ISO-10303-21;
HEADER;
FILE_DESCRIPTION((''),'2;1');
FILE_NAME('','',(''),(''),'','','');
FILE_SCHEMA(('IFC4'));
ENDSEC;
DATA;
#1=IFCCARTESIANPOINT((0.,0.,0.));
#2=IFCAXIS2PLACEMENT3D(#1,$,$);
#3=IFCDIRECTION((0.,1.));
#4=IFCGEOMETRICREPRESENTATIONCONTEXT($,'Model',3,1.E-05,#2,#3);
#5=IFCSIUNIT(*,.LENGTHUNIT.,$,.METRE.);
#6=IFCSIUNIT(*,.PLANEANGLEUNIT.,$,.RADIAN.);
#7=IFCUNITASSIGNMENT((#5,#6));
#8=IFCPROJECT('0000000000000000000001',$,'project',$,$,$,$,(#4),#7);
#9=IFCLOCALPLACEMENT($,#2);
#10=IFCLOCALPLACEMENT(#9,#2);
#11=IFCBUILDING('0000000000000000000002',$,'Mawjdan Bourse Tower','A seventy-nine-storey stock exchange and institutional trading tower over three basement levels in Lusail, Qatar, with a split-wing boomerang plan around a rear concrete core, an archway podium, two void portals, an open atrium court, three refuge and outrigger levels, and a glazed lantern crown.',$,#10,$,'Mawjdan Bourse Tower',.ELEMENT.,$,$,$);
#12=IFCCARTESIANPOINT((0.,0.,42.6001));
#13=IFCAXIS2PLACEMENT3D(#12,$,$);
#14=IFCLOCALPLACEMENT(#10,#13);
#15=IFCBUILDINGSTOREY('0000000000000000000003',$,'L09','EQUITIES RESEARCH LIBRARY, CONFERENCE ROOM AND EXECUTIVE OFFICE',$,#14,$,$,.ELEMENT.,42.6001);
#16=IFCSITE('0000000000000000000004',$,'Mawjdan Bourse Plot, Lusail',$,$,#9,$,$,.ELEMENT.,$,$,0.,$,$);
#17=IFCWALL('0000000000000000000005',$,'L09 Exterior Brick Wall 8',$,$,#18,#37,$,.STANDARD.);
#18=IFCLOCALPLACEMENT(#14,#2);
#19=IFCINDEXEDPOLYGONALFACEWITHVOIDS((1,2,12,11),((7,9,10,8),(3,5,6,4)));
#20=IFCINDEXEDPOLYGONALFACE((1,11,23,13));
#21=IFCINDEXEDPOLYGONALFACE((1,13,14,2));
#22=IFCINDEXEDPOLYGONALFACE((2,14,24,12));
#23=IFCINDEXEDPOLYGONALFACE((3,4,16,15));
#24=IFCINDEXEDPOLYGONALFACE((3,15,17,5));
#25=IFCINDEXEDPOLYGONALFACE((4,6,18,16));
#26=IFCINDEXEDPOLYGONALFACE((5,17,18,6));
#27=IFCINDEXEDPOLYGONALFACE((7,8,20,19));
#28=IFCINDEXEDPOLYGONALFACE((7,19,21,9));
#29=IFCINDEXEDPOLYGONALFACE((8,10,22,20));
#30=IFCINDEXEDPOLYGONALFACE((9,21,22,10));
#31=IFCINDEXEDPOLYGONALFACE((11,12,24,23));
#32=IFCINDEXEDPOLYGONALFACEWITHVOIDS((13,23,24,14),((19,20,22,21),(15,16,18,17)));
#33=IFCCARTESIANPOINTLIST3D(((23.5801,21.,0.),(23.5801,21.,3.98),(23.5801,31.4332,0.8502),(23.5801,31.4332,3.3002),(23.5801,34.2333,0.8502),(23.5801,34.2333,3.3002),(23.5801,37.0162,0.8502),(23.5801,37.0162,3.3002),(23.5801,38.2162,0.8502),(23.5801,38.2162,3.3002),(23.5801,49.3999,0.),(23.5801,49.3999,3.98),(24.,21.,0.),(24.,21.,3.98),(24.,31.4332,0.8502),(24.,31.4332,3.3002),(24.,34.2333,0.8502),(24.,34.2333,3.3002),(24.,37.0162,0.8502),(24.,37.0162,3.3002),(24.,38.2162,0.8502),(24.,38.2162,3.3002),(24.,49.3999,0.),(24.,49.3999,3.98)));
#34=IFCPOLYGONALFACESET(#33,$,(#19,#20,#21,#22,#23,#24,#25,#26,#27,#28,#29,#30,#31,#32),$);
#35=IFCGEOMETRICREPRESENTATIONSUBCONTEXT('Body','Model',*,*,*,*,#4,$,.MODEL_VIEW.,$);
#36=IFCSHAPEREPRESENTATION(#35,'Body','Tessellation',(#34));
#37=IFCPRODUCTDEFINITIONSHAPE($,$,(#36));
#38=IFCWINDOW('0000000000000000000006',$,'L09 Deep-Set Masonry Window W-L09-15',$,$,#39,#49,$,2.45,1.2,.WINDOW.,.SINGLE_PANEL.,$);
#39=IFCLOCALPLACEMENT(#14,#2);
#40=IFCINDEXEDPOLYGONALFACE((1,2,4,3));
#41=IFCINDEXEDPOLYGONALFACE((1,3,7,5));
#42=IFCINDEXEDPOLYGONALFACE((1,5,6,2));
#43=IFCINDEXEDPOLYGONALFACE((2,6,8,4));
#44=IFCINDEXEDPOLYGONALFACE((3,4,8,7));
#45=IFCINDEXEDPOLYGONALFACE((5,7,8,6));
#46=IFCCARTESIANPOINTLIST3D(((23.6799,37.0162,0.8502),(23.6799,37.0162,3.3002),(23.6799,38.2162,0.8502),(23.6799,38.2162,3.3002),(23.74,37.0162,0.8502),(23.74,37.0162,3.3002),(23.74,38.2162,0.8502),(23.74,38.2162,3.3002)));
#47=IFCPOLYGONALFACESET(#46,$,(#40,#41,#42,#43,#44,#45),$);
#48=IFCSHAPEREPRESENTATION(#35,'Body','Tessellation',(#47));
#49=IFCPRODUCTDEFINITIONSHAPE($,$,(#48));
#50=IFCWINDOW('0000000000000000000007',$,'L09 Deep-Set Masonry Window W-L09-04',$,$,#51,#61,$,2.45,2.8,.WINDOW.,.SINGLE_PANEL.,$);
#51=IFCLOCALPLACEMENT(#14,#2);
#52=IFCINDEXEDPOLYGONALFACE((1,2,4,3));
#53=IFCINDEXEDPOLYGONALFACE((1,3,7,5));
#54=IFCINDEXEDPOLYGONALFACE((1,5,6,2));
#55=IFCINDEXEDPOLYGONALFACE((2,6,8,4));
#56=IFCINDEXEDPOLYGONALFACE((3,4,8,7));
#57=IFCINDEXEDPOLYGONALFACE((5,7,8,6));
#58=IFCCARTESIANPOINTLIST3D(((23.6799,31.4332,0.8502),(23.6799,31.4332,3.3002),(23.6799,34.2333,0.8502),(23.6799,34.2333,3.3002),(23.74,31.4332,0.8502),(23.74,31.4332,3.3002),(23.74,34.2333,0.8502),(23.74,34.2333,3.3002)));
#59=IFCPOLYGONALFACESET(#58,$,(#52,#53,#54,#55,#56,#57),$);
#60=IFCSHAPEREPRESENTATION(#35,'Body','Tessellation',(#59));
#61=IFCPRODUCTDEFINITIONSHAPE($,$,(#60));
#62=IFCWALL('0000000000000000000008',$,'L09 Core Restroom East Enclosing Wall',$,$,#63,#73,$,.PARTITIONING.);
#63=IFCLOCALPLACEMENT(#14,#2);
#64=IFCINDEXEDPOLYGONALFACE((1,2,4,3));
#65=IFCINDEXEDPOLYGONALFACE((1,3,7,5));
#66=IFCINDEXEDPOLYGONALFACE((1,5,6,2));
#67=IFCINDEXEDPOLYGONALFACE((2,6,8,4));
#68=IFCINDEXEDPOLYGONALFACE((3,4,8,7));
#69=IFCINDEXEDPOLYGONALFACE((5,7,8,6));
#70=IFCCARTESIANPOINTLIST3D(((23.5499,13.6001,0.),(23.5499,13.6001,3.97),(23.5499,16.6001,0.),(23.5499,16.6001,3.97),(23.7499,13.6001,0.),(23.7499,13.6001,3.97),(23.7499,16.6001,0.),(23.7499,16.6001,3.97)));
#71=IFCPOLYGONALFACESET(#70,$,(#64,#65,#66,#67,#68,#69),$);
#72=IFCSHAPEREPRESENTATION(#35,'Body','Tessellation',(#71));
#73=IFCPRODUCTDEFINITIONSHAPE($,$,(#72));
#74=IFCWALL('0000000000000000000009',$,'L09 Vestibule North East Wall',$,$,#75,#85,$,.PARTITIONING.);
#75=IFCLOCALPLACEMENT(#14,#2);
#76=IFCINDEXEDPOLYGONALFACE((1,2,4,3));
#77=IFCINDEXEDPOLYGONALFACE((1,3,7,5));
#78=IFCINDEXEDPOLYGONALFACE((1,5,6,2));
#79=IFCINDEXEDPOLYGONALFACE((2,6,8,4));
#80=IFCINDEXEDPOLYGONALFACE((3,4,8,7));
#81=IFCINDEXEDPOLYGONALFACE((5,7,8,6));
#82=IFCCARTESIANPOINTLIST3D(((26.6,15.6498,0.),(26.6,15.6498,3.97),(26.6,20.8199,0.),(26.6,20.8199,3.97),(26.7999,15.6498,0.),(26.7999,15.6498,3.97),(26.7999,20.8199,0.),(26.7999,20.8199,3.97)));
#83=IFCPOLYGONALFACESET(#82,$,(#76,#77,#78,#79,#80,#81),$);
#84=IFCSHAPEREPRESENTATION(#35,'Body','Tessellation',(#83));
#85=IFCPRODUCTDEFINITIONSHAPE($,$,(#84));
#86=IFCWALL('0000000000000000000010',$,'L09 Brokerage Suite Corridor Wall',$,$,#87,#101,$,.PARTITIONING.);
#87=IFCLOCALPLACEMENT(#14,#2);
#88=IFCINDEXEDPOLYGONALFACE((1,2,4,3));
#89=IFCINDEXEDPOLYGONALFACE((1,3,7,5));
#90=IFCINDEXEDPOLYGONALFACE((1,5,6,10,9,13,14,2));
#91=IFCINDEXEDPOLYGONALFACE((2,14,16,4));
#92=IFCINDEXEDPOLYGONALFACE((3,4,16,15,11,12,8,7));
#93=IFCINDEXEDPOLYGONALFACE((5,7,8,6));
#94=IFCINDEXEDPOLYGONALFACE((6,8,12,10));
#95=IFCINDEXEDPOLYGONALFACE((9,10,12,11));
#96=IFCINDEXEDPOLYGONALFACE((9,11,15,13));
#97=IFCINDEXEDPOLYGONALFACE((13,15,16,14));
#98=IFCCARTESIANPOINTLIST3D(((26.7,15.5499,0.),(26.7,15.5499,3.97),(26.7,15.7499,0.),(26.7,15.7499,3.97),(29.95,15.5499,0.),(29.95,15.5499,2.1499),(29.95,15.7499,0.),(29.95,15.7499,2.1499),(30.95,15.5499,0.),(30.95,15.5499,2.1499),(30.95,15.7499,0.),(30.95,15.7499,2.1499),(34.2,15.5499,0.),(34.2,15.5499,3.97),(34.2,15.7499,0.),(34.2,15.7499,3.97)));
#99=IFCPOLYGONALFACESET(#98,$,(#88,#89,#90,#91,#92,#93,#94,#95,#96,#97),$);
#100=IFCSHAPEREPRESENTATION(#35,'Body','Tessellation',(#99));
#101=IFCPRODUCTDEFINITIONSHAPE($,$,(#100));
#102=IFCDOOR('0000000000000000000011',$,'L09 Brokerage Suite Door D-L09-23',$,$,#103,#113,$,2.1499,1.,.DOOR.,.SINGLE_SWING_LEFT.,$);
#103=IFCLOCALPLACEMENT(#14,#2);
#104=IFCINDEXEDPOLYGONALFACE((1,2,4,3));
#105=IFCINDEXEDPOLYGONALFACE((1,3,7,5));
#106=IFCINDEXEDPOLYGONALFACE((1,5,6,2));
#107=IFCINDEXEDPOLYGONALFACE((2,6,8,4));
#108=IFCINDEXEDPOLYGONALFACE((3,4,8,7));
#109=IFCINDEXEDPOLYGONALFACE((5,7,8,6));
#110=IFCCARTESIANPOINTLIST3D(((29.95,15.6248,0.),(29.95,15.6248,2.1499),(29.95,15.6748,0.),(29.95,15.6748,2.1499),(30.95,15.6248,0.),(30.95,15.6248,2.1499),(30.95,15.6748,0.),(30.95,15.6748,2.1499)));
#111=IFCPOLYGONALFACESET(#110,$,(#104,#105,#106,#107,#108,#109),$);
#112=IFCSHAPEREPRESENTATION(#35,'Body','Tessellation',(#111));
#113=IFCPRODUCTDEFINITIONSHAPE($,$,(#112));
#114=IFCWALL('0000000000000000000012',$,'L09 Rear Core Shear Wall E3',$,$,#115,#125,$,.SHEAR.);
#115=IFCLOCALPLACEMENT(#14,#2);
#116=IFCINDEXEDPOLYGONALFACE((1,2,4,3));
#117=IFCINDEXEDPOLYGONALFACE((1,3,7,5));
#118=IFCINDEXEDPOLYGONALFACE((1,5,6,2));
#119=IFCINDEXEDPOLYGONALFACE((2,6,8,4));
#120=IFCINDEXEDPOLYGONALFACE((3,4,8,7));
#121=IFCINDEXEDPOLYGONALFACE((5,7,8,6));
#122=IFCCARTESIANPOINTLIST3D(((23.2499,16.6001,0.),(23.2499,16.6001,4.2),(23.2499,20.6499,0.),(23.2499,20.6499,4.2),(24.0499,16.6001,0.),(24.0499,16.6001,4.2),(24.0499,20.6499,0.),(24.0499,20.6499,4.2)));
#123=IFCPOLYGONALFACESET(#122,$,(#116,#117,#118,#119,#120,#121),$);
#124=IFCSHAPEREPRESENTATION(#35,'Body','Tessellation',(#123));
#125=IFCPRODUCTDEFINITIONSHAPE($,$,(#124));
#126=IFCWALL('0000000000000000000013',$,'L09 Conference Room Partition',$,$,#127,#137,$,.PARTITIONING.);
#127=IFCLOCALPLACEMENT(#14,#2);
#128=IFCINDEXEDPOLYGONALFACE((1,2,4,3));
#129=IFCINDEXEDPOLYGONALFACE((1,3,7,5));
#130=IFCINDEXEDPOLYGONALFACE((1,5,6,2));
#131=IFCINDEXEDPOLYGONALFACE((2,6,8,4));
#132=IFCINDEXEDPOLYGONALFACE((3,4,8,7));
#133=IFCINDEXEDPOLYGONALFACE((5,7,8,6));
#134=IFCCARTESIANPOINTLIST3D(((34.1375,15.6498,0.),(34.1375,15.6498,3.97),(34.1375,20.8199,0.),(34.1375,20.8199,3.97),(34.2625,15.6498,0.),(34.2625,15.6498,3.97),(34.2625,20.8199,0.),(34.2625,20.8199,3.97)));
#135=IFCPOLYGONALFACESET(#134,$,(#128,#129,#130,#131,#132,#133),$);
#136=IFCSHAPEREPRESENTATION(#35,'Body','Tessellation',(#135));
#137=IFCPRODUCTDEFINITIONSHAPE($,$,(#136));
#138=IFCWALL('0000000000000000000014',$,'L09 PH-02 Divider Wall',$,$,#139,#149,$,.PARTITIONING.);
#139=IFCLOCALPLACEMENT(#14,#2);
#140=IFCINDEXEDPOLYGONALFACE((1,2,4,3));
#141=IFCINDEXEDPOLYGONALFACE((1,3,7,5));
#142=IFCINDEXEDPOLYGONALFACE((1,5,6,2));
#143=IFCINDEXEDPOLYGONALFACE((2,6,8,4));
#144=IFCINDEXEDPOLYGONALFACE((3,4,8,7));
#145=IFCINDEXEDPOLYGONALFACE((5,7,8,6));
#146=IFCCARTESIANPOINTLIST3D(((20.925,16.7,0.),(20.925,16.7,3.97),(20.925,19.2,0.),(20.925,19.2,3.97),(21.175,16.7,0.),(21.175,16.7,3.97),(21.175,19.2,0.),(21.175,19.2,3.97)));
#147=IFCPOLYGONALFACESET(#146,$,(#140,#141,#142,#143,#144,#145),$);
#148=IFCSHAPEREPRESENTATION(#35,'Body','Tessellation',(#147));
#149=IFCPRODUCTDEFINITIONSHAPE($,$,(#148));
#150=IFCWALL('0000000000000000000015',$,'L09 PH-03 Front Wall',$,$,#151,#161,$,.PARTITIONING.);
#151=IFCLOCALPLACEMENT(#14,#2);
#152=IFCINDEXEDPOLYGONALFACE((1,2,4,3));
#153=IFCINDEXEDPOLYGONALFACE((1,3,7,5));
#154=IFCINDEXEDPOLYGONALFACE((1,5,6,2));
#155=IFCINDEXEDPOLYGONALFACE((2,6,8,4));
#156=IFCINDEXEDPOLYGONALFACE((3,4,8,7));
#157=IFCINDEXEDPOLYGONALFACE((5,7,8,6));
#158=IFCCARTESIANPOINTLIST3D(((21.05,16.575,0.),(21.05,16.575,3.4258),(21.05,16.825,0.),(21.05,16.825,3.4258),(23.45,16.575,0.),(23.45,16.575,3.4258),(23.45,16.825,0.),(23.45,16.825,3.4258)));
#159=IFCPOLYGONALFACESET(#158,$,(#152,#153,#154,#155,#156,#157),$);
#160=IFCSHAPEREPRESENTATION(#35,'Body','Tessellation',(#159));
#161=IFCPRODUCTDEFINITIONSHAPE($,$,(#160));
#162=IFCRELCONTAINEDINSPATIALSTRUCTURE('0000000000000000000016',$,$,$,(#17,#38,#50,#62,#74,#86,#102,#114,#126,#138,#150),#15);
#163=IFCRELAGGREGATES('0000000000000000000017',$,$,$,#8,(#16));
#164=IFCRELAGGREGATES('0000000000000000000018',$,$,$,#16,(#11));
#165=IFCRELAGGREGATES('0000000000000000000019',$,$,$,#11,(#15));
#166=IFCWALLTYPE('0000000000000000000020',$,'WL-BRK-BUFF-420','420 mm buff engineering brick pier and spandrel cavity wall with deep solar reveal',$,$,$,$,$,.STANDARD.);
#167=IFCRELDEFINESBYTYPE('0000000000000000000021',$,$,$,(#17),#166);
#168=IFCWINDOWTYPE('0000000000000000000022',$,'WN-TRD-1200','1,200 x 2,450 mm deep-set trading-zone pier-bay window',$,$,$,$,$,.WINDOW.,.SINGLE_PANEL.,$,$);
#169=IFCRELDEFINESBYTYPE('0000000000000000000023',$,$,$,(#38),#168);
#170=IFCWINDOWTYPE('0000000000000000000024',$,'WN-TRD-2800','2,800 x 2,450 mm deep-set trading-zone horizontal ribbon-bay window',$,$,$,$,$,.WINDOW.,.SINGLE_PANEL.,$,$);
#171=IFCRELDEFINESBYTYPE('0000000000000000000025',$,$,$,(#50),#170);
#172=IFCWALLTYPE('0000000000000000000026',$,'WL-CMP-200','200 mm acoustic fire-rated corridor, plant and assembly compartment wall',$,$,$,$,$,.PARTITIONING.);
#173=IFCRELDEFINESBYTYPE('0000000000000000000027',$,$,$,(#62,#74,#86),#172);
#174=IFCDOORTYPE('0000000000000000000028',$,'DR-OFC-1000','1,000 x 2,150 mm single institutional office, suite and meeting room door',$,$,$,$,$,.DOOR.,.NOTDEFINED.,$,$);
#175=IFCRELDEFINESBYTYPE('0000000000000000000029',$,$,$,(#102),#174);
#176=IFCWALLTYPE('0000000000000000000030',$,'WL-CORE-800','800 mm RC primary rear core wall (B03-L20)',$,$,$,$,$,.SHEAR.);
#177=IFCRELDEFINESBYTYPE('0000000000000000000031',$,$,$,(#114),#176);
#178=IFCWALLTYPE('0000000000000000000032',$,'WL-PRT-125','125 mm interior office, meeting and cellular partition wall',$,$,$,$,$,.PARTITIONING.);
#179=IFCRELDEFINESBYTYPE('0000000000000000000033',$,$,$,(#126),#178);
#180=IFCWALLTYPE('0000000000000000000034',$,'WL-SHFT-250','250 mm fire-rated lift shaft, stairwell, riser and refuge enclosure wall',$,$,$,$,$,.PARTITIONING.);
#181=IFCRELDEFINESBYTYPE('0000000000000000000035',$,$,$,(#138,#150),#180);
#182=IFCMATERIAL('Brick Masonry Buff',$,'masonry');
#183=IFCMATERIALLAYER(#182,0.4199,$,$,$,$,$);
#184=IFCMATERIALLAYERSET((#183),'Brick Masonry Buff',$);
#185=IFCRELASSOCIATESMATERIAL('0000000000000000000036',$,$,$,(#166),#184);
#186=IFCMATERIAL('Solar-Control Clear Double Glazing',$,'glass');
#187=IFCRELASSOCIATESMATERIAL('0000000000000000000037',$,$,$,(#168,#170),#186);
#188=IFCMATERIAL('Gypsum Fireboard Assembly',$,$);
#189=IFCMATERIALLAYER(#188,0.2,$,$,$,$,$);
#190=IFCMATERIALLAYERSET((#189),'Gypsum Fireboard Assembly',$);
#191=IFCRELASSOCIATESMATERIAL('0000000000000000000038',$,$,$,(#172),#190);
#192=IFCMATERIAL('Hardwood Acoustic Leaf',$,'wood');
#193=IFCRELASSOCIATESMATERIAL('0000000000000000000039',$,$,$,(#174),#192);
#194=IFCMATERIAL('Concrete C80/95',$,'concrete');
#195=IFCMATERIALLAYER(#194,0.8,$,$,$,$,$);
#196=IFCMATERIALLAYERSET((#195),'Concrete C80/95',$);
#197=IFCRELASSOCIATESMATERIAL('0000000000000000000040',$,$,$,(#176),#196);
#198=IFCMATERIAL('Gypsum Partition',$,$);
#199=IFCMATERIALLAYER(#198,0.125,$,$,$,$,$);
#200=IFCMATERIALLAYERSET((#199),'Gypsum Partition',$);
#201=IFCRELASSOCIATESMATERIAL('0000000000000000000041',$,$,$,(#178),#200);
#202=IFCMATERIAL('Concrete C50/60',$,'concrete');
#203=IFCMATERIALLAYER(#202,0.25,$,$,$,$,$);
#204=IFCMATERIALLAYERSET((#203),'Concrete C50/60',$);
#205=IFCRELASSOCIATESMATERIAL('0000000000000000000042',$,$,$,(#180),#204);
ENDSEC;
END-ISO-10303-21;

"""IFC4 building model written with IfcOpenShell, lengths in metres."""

from ifc_helpers import new_model, si_unit, direction, frame, frame_2d, origin, place, context, subcontext, project, spatial, rectangle, extrude, material, layer, layer_set, type_object, element, fill, save


model = new_model("IFC4")

# Units and contexts
model_context = context("Model", 3, precision=1e-05, world=origin(), true_north=direction((0.0, 1.0)))
body_context = subcontext(model_context, "Body", "Model", "MODEL_VIEW")
ifc_project = project(units=[si_unit("LENGTHUNIT", "METRE"), si_unit("PLANEANGLEUNIT", "RADIAN")], contexts=[model_context])

# Site, building, storey
site_placement = place(None, origin())
site = spatial("IfcSite", under=ifc_project, at=site_placement, Name="Mawjdan Bourse Plot, Lusail", CompositionType="ELEMENT", RefElevation=0.0)
building_placement = place(site_placement, origin())
building = spatial("IfcBuilding", under=site, at=building_placement, Name="Mawjdan Bourse Tower", Description="A seventy-nine-storey stock exchange and institutional trading tower over three basement levels in Lusail, Qatar, with a split-wing boomerang plan around a rear concrete core, an archway podium, two void portals, an open atrium court, three refuge and outrigger levels, and a glazed lantern crown.", LongName="Mawjdan Bourse Tower", CompositionType="ELEMENT")
storey_placement = place(building_placement, frame((0.0, 0.0, 42.6001)))
storey = spatial("IfcBuildingStorey", under=building, at=storey_placement, Name="L09", Description="EQUITIES RESEARCH LIBRARY, CONFERENCE ROOM AND EXECUTIVE OFFICE", CompositionType="ELEMENT", Elevation=42.6001)

# Shared definitions
ifc_material_1 = material(Name="Concrete C80/95", Category="concrete")

# Wall, openings, windows
ifc_material_2 = material(Name="Brick Masonry Buff", Category="masonry")
ifc_layer_1 = layer(ifc_material_2, 0.4199)
ifc_layer_set_1 = layer_set([ifc_layer_1], Name="Brick Masonry Buff")
wall_type_1 = type_object("IfcWallType", Name="WL-BRK-BUFF-420", Description="420 mm buff engineering brick pier and spandrel cavity wall with deep solar reveal", PredefinedType="STANDARD", material=ifc_layer_set_1)
wall_1_placement = place(storey_placement, frame((23.79, 21.0, 0.0), z_axis=(0.0, 0.0, 1.0), x_axis=(0.0, 1.0, 0.0)))
wall_1 = element("IfcWall", 1, at=wall_1_placement, inside=storey, type_object=wall_type_1, Name="L09 Exterior Brick Wall 8", PredefinedType="STANDARD", context=body_context, shape_type="SweptSolid", body=[
    extrude(rectangle(XDim=28.3999, YDim=0.4199, at=frame_2d((14.2, 0.0))), origin(), (0.0, 0.0, 1.0), 3.98),
])
opening_1_placement = place(wall_1_placement, frame((10.4333, 0.0, 0.8501)))
opening_1 = element("IfcOpeningElement", 2, at=opening_1_placement, cuts=wall_1, PredefinedType="OPENING", context=body_context, shape_type="SweptSolid", body=[
    extrude(rectangle(XDim=2.8, YDim=2.45, at=frame_2d((1.3999, 1.2251))), frame((0.0, 0.22, 0.0), z_axis=(0.0, -1.0, 0.0), x_axis=(1.0, 0.0, 0.0)), (0.0, 0.0, 1.0), 0.4399),
])
opening_2_placement = place(wall_1_placement, frame((16.0161, 0.0, 0.8501)))
opening_2 = element("IfcOpeningElement", 3, at=opening_2_placement, cuts=wall_1, PredefinedType="OPENING", context=body_context, shape_type="SweptSolid", body=[
    extrude(rectangle(XDim=1.2, YDim=2.45, at=frame_2d((0.6001, 1.2251))), frame((0.0, 0.22, 0.0), z_axis=(0.0, -1.0, 0.0), x_axis=(1.0, 0.0, 0.0)), (0.0, 0.0, 1.0), 0.4399),
])
ifc_material_3 = material(Name="Solar-Control Clear Double Glazing", Category="glass")
window_type_1 = type_object("IfcWindowType", Name="WN-TRD-1200", Description="1,200 x 2,450 mm deep-set trading-zone pier-bay window", PartitioningType="SINGLE_PANEL", PredefinedType="WINDOW", material=ifc_material_3)
window_1_placement = place(opening_2_placement, origin())
window_1 = element("IfcWindow", 4, at=window_1_placement, inside=storey, type_object=window_type_1, Name="L09 Deep-Set Masonry Window W-L09-15", OverallHeight=2.45, OverallWidth=1.2, PartitioningType="SINGLE_PANEL", PredefinedType="WINDOW", context=body_context, shape_type="SweptSolid", body=[
    extrude(rectangle(XDim=1.2, YDim=2.45, at=frame_2d((0.6001, 1.2251))), frame((0.0, 0.1101, 0.0), z_axis=(0.0, -1.0, 0.0), x_axis=(1.0, 0.0, 0.0)), (0.0, 0.0, 1.0), 0.0601),
])
fill(opening_2, window_1)
window_type_2 = type_object("IfcWindowType", Name="WN-TRD-2800", Description="2,800 x 2,450 mm deep-set trading-zone horizontal ribbon-bay window", PartitioningType="SINGLE_PANEL", PredefinedType="WINDOW", material=ifc_material_3)
window_2_placement = place(opening_1_placement, origin())
window_2 = element("IfcWindow", 5, at=window_2_placement, inside=storey, type_object=window_type_2, Name="L09 Deep-Set Masonry Window W-L09-04", OverallHeight=2.45, OverallWidth=2.8, PartitioningType="SINGLE_PANEL", PredefinedType="WINDOW", context=body_context, shape_type="SweptSolid", body=[
    extrude(rectangle(XDim=2.8, YDim=2.45, at=frame_2d((1.3999, 1.2251))), frame((0.0, 0.1101, 0.0), z_axis=(0.0, -1.0, 0.0), x_axis=(1.0, 0.0, 0.0)), (0.0, 0.0, 1.0), 0.0601),
])
fill(opening_1, window_2)

# Wall
ifc_material_4 = material(Name="Gypsum Fireboard Assembly")
ifc_layer_2 = layer(ifc_material_4, 0.2)
ifc_layer_set_2 = layer_set([ifc_layer_2], Name="Gypsum Fireboard Assembly")
wall_type_2 = type_object("IfcWallType", Name="WL-CMP-200", Description="200 mm acoustic fire-rated corridor, plant and assembly compartment wall", PredefinedType="PARTITIONING", material=ifc_layer_set_2)
wall_2_placement = place(storey_placement, frame((23.6499, 13.6001, 0.0), z_axis=(0.0, 0.0, 1.0), x_axis=(0.0, 1.0, 0.0)))
element("IfcWall", 6, at=wall_2_placement, inside=storey, type_object=wall_type_2, Name="L09 Core Restroom East Enclosing Wall", PredefinedType="PARTITIONING", context=body_context, shape_type="SweptSolid", body=[
    extrude(rectangle(XDim=3.0, YDim=0.2, at=frame_2d((1.5, 0.0))), origin(), (0.0, 0.0, 1.0), 3.97),
])

# Shared definitions
ifc_material_5 = material(Name="Hardwood Acoustic Leaf", Category="wood")
door_type = type_object("IfcDoorType", Name="DR-OFC-1000", Description="1,000 x 2,150 mm single institutional office, suite and meeting room door", OperationType="NOTDEFINED", PredefinedType="DOOR", material=ifc_material_5)

# Wall
wall_3_placement = place(storey_placement, frame((26.7, 15.6499, 0.0), z_axis=(0.0, 0.0, 1.0), x_axis=(0.0, 1.0, 0.0)))
element("IfcWall", 7, at=wall_3_placement, inside=storey, type_object=wall_type_2, Name="L09 Vestibule North East Wall", PredefinedType="PARTITIONING", context=body_context, shape_type="SweptSolid", body=[
    extrude(rectangle(XDim=5.1702, YDim=0.2, at=frame_2d((2.585, 0.0))), origin(), (0.0, 0.0, 1.0), 3.97),
])

# Wall, opening, door
wall_4_placement = place(storey_placement, frame((26.7, 15.6499, 0.0), z_axis=(0.0, 0.0, 1.0), x_axis=(1.0, 0.0, 0.0)))
wall_4 = element("IfcWall", 8, at=wall_4_placement, inside=storey, type_object=wall_type_2, Name="L09 Brokerage Suite Corridor Wall", PredefinedType="PARTITIONING", context=body_context, shape_type="SweptSolid", body=[
    extrude(rectangle(XDim=7.5, YDim=0.2, at=frame_2d((3.75, 0.0))), origin(), (0.0, 0.0, 1.0), 3.97),
])
opening_3_placement = place(wall_4_placement, frame((3.25, 0.0, 0.0)))
opening_3 = element("IfcOpeningElement", 9, at=opening_3_placement, cuts=wall_4, PredefinedType="OPENING", context=body_context, shape_type="SweptSolid", body=[
    extrude(rectangle(XDim=1.0, YDim=2.1499, at=frame_2d((0.5, 1.075))), frame((0.0, 0.1099, 0.0), z_axis=(0.0, -1.0, 0.0), x_axis=(1.0, 0.0, 0.0)), (0.0, 0.0, 1.0), 0.22),
])
door_1_placement = place(opening_3_placement, origin())
door_1 = element("IfcDoor", 10, at=door_1_placement, inside=storey, type_object=door_type, Name="L09 Brokerage Suite Door D-L09-23", OperationType="SINGLE_SWING_LEFT", OverallHeight=2.1499, OverallWidth=1.0, PredefinedType="DOOR", context=body_context, shape_type="SweptSolid", body=[
    extrude(rectangle(XDim=1.0, YDim=2.1499, at=frame_2d((0.5, 1.075))), frame((0.0, 0.0249, 0.0), z_axis=(0.0, -1.0, 0.0), x_axis=(1.0, 0.0, 0.0)), (0.0, 0.0, 1.0), 0.05),
])
fill(opening_3, door_1)

# Walls
ifc_layer_3 = layer(ifc_material_1, 0.8)
ifc_layer_set_3 = layer_set([ifc_layer_3], Name="Concrete C80/95")
wall_type_3 = type_object("IfcWallType", Name="WL-CORE-800", Description="800 mm RC primary rear core wall (B03-L20)", PredefinedType="SHEAR", material=ifc_layer_set_3)
wall_5_placement = place(storey_placement, frame((23.6499, 16.6001, 0.0), z_axis=(0.0, 0.0, 1.0), x_axis=(0.0, 1.0, 0.0)))
element("IfcWall", 11, at=wall_5_placement, inside=storey, type_object=wall_type_3, Name="L09 Rear Core Shear Wall E3", PredefinedType="SHEAR", context=body_context, shape_type="SweptSolid", body=[
    extrude(rectangle(XDim=4.0498, YDim=0.8, at=frame_2d((2.0249, 0.0))), origin(), (0.0, 0.0, 1.0), 4.2),
])
ifc_material_6 = material(Name="Gypsum Partition")
ifc_layer_4 = layer(ifc_material_6, 0.125)
ifc_layer_set_4 = layer_set([ifc_layer_4], Name="Gypsum Partition")
wall_type_4 = type_object("IfcWallType", Name="WL-PRT-125", Description="125 mm interior office, meeting and cellular partition wall", PredefinedType="PARTITIONING", material=ifc_layer_set_4)
wall_6_placement = place(storey_placement, frame((34.2, 15.6499, 0.0), z_axis=(0.0, 0.0, 1.0), x_axis=(0.0, 1.0, 0.0)))
element("IfcWall", 12, at=wall_6_placement, inside=storey, type_object=wall_type_4, Name="L09 Conference Room Partition", PredefinedType="PARTITIONING", context=body_context, shape_type="SweptSolid", body=[
    extrude(rectangle(XDim=5.1702, YDim=0.125, at=frame_2d((2.585, 0.0))), origin(), (0.0, 0.0, 1.0), 3.97),
])
ifc_material_7 = material(Name="Concrete C50/60", Category="concrete")
ifc_layer_5 = layer(ifc_material_7, 0.25)
ifc_layer_set_5 = layer_set([ifc_layer_5], Name="Concrete C50/60")
wall_type_5 = type_object("IfcWallType", Name="WL-SHFT-250", Description="250 mm fire-rated lift shaft, stairwell, riser and refuge enclosure wall", PredefinedType="PARTITIONING", material=ifc_layer_set_5)
wall_7_placement = place(storey_placement, frame((21.05, 16.7, 0.0), z_axis=(0.0, 0.0, 1.0), x_axis=(0.0, 1.0, 0.0)))
element("IfcWall", 13, at=wall_7_placement, inside=storey, type_object=wall_type_5, Name="L09 PH-02 Divider Wall", PredefinedType="PARTITIONING", context=body_context, shape_type="SweptSolid", body=[
    extrude(rectangle(XDim=2.5, YDim=0.25, at=frame_2d((1.25, 0.0))), origin(), (0.0, 0.0, 1.0), 3.97),
])
wall_8_placement = place(storey_placement, frame((21.05, 16.7, 0.0), z_axis=(0.0, 0.0, 1.0), x_axis=(1.0, 0.0, 0.0)))
element("IfcWall", 14, at=wall_8_placement, inside=storey, type_object=wall_type_5, Name="L09 PH-03 Front Wall", PredefinedType="PARTITIONING", context=body_context, shape_type="SweptSolid", body=[
    extrude(rectangle(XDim=2.3999, YDim=0.25, at=frame_2d((1.2, 0.0))), origin(), (0.0, 0.0, 1.0), 3.4258),
])

save(model, "model.ifc")
